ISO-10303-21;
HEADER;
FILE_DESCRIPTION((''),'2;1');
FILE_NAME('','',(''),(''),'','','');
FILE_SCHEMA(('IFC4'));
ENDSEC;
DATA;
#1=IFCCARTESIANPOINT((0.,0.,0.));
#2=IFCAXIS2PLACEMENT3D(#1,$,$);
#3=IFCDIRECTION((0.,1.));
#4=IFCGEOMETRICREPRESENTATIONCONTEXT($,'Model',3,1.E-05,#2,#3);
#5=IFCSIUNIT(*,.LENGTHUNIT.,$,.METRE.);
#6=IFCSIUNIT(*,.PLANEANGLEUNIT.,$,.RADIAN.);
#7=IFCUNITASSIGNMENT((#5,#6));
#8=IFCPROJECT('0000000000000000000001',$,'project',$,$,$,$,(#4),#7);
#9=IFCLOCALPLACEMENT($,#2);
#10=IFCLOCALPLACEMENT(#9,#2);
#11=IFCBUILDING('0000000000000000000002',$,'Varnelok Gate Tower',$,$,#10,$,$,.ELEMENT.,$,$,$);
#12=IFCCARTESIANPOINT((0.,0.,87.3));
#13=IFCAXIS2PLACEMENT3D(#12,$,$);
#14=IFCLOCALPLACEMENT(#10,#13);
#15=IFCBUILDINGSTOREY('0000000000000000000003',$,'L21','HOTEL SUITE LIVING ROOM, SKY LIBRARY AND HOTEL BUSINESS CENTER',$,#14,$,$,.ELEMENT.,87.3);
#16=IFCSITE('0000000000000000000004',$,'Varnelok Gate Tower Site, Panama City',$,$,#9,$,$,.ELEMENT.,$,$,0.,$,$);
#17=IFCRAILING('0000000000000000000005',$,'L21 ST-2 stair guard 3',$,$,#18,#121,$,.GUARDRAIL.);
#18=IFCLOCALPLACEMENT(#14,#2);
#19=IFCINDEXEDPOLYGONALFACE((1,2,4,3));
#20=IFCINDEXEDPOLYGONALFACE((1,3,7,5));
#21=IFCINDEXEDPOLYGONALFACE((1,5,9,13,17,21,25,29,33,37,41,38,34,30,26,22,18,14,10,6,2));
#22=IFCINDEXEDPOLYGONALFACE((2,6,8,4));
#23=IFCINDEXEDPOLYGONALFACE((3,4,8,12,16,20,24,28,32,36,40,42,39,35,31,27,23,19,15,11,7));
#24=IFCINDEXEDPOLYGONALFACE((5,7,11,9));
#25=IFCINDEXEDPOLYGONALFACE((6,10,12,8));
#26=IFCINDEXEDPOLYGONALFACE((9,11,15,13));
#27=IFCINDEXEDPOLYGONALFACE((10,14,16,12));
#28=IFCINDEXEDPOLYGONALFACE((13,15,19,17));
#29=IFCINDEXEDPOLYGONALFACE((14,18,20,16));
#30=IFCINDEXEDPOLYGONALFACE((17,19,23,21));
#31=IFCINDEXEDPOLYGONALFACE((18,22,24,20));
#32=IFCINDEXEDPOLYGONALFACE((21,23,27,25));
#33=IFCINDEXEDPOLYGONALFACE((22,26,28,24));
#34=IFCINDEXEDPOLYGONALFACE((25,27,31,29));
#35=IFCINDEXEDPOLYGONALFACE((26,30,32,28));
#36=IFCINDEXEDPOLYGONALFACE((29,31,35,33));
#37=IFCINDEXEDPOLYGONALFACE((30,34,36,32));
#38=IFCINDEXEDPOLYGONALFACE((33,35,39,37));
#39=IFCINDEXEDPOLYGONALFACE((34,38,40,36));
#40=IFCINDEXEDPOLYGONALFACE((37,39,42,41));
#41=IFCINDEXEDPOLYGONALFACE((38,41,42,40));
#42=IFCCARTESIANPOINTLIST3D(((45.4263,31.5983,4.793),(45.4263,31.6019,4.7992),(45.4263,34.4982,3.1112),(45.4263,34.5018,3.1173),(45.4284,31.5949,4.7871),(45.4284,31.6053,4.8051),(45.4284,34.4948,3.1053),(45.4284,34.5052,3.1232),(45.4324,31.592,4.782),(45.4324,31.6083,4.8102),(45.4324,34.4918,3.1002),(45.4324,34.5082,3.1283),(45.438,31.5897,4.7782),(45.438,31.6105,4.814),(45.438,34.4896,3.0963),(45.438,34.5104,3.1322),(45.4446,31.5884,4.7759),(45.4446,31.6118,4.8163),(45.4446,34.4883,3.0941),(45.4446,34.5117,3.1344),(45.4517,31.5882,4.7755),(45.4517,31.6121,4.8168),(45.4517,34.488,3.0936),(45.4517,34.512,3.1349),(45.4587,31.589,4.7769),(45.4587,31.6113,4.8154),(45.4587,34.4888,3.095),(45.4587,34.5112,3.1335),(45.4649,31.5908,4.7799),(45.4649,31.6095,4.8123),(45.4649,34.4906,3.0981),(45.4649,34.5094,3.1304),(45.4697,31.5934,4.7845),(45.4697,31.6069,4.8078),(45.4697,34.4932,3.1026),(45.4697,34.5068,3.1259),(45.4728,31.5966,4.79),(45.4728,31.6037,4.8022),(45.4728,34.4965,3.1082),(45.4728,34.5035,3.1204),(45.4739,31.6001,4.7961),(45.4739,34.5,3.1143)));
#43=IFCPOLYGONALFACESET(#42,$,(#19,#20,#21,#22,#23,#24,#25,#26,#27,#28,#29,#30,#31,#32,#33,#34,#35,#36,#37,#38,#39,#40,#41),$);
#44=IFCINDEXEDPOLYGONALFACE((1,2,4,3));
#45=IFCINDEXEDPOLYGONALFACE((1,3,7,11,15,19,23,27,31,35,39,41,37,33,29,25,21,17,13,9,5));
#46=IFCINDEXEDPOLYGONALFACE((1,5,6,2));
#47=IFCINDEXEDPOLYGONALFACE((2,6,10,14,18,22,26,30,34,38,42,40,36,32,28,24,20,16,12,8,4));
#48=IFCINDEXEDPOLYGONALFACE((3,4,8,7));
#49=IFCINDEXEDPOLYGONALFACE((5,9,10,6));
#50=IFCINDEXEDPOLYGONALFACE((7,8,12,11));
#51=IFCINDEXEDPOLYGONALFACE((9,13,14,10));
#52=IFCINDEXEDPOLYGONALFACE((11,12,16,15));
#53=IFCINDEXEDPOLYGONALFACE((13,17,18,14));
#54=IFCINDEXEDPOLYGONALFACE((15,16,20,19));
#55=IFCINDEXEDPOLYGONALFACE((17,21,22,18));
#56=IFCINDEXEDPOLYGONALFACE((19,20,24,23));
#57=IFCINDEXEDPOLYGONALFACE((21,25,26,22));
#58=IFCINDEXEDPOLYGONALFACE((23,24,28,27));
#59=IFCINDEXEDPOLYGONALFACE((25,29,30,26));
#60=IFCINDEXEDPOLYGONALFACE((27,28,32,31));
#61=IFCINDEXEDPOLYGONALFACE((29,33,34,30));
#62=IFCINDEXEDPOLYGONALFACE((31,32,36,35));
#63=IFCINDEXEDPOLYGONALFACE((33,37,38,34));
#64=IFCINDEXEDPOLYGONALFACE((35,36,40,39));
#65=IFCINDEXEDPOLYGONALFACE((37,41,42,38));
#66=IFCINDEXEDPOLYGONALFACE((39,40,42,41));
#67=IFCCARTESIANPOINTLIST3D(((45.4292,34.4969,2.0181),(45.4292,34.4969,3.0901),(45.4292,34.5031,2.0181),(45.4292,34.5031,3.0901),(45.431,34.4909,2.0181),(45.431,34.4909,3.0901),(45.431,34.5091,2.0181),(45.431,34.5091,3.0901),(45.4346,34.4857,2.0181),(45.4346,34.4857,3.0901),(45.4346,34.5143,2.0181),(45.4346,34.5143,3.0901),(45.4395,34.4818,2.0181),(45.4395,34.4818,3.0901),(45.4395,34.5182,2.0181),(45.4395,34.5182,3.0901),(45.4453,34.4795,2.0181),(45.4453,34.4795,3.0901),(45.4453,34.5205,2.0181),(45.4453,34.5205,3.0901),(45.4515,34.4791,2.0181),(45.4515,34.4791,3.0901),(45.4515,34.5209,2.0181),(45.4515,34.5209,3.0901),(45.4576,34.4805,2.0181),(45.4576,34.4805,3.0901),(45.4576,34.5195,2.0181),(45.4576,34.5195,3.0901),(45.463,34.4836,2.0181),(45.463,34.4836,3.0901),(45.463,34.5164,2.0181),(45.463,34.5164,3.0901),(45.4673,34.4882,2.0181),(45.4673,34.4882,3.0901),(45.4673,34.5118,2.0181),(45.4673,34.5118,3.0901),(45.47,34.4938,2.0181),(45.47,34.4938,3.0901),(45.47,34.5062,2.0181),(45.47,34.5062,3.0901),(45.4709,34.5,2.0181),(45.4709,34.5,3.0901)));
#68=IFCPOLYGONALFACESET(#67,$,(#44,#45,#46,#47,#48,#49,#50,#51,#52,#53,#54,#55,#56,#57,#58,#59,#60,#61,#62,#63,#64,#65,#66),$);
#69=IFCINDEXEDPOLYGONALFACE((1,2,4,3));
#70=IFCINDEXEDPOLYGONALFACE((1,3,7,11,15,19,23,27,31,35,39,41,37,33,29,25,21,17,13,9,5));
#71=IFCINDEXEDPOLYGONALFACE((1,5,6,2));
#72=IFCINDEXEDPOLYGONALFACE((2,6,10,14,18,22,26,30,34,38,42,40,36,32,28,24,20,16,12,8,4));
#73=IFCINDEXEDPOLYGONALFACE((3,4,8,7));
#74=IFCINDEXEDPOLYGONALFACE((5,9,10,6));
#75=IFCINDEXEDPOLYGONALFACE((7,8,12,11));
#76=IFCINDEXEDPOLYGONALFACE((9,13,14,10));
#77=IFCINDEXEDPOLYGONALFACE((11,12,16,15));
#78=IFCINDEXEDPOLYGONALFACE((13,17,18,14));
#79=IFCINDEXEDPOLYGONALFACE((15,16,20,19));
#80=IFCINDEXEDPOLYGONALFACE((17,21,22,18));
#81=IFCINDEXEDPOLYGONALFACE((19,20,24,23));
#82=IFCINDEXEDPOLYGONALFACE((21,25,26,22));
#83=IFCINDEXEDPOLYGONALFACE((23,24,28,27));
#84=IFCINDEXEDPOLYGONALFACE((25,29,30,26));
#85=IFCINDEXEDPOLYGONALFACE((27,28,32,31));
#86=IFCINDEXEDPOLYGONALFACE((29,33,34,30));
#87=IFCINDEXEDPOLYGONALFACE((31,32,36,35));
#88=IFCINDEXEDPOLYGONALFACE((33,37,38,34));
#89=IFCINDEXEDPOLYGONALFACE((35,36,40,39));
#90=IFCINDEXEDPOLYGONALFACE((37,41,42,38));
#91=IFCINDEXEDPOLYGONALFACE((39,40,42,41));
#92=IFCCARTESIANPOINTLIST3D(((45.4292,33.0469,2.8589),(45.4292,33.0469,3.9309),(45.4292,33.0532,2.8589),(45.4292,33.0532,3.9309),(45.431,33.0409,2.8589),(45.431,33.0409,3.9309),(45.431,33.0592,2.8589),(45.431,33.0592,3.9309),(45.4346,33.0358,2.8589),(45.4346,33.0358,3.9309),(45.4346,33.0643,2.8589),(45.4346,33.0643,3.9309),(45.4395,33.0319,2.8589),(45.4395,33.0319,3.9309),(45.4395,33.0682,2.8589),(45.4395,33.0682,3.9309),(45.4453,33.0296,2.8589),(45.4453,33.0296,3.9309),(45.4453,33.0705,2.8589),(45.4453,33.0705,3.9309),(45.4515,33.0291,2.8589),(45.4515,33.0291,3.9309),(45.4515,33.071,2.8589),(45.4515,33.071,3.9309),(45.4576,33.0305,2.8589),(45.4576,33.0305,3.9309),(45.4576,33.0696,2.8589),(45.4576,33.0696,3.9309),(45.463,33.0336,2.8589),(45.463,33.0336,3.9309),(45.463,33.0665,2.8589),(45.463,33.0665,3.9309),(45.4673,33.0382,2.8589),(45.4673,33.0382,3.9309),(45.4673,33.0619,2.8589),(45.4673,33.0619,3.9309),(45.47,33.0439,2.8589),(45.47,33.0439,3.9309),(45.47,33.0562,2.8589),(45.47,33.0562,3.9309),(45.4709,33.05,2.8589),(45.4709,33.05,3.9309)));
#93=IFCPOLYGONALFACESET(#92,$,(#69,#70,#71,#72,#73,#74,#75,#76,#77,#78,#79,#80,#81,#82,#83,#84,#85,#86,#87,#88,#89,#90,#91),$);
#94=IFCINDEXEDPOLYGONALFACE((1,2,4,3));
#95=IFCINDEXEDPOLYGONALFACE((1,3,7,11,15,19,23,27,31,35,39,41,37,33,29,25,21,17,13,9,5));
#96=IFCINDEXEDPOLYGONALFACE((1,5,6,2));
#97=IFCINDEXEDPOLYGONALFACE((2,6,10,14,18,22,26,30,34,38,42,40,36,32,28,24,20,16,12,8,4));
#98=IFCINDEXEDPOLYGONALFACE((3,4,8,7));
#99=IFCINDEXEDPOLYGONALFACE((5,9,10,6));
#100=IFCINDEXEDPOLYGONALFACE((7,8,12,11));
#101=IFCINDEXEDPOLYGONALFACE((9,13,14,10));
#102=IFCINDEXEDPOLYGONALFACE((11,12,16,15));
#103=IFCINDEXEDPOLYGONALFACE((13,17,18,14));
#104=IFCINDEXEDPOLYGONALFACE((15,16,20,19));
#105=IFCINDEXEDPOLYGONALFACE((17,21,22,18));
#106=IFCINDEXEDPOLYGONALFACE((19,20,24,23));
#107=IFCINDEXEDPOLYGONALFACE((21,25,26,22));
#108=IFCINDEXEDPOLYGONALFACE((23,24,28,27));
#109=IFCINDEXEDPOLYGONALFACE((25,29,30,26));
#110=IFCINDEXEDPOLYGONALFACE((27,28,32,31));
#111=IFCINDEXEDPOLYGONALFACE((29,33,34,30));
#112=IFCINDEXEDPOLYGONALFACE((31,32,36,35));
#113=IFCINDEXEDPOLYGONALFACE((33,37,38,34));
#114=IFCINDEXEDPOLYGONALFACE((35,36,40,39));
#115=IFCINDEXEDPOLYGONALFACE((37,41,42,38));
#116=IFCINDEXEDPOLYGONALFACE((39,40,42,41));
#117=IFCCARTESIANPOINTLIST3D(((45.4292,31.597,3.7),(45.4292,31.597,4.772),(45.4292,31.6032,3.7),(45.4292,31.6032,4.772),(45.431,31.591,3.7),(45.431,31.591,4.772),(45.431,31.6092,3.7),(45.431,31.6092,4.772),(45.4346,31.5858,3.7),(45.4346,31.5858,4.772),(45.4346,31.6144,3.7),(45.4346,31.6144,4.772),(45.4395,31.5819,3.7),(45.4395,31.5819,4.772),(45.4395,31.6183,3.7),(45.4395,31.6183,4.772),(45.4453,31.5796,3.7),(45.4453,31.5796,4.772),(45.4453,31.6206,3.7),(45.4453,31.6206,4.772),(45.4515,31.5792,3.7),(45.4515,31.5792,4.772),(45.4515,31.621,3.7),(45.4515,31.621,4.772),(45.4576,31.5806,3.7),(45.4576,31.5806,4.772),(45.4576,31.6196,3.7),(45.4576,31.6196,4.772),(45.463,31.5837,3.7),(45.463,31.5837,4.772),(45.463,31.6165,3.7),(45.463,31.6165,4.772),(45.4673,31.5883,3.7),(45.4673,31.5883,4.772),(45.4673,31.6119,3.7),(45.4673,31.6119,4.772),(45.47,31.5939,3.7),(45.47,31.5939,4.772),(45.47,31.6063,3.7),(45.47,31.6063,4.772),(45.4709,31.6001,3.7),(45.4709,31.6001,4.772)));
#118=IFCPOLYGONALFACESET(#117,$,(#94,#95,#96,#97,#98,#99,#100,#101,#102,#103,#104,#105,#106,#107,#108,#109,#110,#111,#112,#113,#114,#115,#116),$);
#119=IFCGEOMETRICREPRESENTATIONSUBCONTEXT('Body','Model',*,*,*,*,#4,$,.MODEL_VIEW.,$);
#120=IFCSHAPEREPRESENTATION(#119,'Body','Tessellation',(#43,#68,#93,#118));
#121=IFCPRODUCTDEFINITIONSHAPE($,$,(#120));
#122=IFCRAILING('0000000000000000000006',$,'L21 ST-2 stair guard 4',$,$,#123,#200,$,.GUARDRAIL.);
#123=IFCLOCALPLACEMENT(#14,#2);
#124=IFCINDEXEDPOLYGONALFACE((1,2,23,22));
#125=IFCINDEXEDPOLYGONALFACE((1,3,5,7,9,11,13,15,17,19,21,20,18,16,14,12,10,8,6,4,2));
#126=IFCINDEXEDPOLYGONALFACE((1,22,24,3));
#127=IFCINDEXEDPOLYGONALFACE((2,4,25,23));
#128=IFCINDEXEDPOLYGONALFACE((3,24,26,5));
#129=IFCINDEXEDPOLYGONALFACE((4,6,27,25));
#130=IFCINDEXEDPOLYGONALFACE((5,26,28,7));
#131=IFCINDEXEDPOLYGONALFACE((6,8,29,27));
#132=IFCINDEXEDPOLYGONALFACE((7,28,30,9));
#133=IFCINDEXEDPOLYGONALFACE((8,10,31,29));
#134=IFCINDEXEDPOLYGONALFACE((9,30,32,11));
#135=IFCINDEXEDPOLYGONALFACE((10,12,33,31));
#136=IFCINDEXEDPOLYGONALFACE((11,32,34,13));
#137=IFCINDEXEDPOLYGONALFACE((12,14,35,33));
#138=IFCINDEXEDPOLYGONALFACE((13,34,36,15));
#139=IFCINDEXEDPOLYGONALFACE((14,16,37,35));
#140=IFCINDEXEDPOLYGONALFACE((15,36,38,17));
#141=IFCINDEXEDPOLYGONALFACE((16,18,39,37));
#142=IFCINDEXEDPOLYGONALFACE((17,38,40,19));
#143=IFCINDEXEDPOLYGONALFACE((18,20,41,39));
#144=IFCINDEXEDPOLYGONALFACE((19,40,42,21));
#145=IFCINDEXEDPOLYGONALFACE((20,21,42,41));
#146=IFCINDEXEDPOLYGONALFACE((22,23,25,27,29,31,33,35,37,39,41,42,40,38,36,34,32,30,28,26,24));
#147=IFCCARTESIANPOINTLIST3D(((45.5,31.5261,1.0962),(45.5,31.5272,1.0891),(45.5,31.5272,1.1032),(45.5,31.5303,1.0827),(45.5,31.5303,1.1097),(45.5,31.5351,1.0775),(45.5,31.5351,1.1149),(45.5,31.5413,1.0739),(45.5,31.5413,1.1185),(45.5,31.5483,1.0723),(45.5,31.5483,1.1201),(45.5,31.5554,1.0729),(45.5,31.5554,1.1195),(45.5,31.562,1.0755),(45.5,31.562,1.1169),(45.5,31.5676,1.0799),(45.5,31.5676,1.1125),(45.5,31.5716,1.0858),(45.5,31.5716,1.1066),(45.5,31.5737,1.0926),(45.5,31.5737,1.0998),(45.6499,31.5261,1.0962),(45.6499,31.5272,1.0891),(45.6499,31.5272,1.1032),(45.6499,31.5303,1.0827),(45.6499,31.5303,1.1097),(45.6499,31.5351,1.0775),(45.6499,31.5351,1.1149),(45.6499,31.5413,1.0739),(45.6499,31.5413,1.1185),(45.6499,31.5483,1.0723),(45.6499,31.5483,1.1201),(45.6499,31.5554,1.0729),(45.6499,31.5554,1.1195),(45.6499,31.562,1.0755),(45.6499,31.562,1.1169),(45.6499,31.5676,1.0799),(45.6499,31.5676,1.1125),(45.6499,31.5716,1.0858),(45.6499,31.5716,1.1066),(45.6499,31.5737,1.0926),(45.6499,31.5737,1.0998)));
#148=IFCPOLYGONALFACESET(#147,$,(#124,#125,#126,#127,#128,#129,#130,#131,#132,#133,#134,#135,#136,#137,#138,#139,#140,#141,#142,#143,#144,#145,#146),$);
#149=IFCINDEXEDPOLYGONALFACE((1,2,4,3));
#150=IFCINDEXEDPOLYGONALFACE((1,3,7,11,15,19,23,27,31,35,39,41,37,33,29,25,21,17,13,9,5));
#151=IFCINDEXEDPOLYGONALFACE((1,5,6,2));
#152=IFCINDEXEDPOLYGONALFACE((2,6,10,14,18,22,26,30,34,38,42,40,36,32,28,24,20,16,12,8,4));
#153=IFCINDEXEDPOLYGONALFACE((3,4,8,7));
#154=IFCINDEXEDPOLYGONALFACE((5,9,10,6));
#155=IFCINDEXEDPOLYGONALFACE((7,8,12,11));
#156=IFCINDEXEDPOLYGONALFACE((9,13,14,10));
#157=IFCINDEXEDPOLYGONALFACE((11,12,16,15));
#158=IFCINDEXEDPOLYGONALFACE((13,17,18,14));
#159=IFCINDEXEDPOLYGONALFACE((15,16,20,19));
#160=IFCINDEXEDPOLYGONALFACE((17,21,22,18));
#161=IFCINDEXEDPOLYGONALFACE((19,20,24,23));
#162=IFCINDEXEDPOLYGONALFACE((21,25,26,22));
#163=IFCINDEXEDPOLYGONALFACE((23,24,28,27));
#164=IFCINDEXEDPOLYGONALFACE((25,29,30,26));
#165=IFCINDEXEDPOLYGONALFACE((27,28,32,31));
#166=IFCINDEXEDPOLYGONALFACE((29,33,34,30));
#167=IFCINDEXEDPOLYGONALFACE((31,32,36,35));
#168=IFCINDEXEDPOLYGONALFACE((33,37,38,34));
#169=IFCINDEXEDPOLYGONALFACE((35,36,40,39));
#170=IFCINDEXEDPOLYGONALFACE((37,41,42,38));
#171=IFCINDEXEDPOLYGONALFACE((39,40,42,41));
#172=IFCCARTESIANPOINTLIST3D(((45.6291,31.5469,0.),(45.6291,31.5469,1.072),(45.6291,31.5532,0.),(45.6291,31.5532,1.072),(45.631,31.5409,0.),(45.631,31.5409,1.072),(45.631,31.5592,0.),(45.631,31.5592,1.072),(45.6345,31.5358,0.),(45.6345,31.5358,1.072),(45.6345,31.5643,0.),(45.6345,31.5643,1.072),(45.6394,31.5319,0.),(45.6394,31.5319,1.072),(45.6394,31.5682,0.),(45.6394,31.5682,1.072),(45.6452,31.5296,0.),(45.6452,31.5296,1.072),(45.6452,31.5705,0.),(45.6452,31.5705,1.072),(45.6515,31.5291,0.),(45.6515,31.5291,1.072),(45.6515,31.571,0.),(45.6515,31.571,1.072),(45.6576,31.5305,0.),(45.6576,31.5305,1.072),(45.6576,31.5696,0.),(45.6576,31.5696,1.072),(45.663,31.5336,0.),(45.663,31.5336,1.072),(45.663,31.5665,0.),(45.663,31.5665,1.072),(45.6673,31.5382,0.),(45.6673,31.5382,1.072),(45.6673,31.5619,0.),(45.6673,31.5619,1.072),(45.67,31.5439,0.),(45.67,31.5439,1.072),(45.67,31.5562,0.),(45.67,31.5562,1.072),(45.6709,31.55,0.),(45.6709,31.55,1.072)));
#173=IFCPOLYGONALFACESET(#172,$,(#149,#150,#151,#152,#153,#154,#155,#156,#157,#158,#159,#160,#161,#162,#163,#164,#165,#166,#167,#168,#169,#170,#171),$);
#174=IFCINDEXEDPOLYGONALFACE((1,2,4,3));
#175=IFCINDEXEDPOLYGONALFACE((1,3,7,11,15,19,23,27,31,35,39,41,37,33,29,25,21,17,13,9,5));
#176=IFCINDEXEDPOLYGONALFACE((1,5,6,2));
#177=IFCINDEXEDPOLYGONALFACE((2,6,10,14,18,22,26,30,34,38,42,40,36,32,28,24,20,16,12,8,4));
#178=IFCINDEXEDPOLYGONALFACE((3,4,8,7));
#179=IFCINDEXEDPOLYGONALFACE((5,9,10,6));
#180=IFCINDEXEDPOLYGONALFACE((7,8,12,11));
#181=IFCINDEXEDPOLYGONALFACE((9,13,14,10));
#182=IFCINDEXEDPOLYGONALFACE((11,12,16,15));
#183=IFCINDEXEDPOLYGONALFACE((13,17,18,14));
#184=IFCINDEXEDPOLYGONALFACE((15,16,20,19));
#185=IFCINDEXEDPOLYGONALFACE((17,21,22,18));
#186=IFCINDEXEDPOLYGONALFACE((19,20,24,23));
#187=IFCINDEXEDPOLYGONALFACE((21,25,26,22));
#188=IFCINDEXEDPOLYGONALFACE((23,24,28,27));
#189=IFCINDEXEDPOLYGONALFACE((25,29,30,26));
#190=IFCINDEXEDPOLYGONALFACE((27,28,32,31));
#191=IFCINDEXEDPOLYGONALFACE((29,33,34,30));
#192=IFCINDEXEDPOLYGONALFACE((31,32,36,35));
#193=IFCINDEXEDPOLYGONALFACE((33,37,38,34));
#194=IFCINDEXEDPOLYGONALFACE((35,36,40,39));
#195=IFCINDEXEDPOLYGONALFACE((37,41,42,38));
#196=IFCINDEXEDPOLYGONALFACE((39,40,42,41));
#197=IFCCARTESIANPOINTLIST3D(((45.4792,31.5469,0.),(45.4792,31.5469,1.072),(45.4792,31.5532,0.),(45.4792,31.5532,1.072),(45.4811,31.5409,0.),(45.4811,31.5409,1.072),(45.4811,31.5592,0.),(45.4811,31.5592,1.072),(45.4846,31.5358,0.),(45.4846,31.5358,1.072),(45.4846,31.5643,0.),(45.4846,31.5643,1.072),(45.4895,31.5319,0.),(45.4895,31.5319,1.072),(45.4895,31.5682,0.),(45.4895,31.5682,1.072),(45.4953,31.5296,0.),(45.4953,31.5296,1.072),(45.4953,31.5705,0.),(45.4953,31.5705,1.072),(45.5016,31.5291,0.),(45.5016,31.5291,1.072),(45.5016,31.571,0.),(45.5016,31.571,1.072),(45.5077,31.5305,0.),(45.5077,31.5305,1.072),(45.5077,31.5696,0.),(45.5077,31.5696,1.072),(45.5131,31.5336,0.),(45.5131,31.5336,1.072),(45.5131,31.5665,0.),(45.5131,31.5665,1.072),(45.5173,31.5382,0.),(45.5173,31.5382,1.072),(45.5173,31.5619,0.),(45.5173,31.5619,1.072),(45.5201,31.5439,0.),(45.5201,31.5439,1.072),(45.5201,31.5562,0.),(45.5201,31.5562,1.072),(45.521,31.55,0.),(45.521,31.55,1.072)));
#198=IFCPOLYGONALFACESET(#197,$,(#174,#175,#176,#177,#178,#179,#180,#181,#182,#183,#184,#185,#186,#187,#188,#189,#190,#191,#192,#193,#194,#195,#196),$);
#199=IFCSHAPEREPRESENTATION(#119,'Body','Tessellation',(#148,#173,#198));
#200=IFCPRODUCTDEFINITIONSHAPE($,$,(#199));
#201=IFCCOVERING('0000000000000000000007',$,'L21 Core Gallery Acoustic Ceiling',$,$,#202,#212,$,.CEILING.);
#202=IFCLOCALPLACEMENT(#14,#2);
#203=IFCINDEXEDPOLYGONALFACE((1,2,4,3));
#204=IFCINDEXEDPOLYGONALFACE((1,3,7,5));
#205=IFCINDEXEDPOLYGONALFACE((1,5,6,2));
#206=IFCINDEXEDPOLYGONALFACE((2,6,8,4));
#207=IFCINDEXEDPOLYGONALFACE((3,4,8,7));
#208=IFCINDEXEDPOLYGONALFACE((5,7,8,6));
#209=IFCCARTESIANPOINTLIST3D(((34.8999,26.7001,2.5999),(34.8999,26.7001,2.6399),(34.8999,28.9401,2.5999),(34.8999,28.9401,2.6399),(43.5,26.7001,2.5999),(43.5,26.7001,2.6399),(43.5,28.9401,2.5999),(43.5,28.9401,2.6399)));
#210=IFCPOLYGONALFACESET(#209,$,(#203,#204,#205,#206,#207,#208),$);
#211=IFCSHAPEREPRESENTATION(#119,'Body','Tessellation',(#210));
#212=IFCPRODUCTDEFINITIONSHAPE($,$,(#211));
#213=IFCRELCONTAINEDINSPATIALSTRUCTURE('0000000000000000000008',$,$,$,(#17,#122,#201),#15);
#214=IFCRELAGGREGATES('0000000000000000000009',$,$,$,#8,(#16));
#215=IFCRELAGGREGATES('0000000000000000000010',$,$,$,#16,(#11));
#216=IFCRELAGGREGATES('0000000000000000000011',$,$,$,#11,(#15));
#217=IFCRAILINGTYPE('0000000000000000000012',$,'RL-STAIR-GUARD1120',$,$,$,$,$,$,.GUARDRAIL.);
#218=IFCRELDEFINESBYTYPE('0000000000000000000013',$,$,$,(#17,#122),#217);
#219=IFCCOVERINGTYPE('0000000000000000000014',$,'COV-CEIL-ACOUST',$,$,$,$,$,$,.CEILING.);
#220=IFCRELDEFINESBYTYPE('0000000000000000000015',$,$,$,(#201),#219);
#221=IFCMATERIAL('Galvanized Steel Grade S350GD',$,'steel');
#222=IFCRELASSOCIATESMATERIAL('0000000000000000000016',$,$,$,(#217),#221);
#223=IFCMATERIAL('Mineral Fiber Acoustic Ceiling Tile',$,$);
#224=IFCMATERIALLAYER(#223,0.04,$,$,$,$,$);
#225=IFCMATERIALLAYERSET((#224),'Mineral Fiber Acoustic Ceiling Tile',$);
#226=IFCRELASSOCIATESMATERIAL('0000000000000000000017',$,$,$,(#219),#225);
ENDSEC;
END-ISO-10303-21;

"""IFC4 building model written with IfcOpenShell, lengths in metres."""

from ifc_helpers import new_model, si_unit, direction, frame, origin, origin_2d, place, context, subcontext, project, spatial, rectangle, circle, extrude, source, transform, mapped, material, layer, layer_set, type_object, element, save


model = new_model("IFC4")

# Units and contexts
model_context = context("Model", 3, precision=1e-05, world=origin(), true_north=direction((0.0, 1.0)))
body_context = subcontext(model_context, "Body", "Model", "MODEL_VIEW")
ifc_project = project(units=[si_unit("LENGTHUNIT", "METRE"), si_unit("PLANEANGLEUNIT", "RADIAN")], contexts=[model_context])

# Site, building, storey
site_placement = place(None, origin())
site = spatial("IfcSite", under=ifc_project, at=site_placement, Name="Varnelok Gate Tower Site, Panama City", CompositionType="ELEMENT", RefElevation=0.0)
building_placement = place(site_placement, origin())
building = spatial("IfcBuilding", under=site, at=building_placement, Name="Varnelok Gate Tower", CompositionType="ELEMENT")
storey_placement = place(building_placement, frame((0.0, 0.0, 87.3)))
storey = spatial("IfcBuildingStorey", under=building, at=storey_placement, Name="L21", Description="HOTEL SUITE LIVING ROOM, SKY LIBRARY AND HOTEL BUSINESS CENTER", CompositionType="ELEMENT", Elevation=87.3)

# Shared definitions
ifc_material_1 = material(Name="Galvanized Steel Grade S350GD", Category="steel")

# Railings
railing_type_1 = type_object("IfcRailingType", Name="RL-STAIR-GUARD1120", PredefinedType="GUARDRAIL", material=ifc_material_1)
railing_1_placement = place(storey_placement, frame((45.45, 34.5, 2.0181)))
element("IfcRailing", 1, at=railing_1_placement, inside=storey, type_object=railing_type_1, Name="L21 ST-2 stair guard 3", PredefinedType="GUARDRAIL", context=body_context, shape_type="SweptSolid", body=[
    extrude(circle(Radius=0.0239, at=origin_2d()), frame((0.0, 0.0, 1.0962), z_axis=(0.0, -0.865039, 0.501705), x_axis=(1.0, 0.0, 0.0)), (0.0, 0.0, 1.0), 3.3523),
    extrude(circle(Radius=0.021, at=origin_2d()), origin(), (0.0, 0.0, 1.0), 1.072),
    extrude(circle(Radius=0.021, at=origin_2d()), frame((0.0, -1.45, 0.8408)), (0.0, 0.0, 1.0), 1.072),
    extrude(circle(Radius=0.021, at=origin_2d()), frame((0.0, -2.8999, 1.6819)), (0.0, 0.0, 1.0), 1.072),
])
railing_2_placement = place(storey_placement, frame((45.6499, 31.55, 0.0)))
element("IfcRailing", 2, at=railing_2_placement, inside=storey, type_object=railing_type_1, Name="L21 ST-2 stair guard 4", PredefinedType="GUARDRAIL", context=body_context, shape_type="SweptSolid", body=[
    extrude(circle(Radius=0.0239, at=origin_2d()), frame((0.0, 0.0, 1.0962), z_axis=(-1.0, 0.0, 0.0), x_axis=(0.0, -1.0, 0.0)), (0.0, 0.0, 1.0), 0.1499),
    extrude(circle(Radius=0.021, at=origin_2d()), origin(), (0.0, 0.0, 1.0), 1.072),
    extrude(circle(Radius=0.021, at=origin_2d()), frame((-0.1499, 0.0, 0.0)), (0.0, 0.0, 1.0), 1.072),
])

# Covering
ifc_material_2 = material(Name="Mineral Fiber Acoustic Ceiling Tile")
ifc_layer_1 = layer(ifc_material_2, 0.04)
ifc_layer_set_1 = layer_set([ifc_layer_1], Name="Mineral Fiber Acoustic Ceiling Tile")
covering_type = type_object("IfcCoveringType", Name="COV-CEIL-ACOUST", PredefinedType="CEILING", material=ifc_layer_set_1)
shared_shape = source(origin(), body_context, "Body", "SweptSolid", [
    extrude(rectangle(XDim=8.6001, YDim=2.24, at=origin_2d()), origin(), (0.0, 0.0, 1.0), 0.04),
])
covering_placement = place(storey_placement, frame((39.2, 27.8201, 2.5999), z_axis=(0.0, 0.0, 1.0), x_axis=(1.0, 0.0, 0.0)))
element("IfcCovering", 3, at=covering_placement, inside=storey, type_object=covering_type, Name="L21 Core Gallery Acoustic Ceiling", PredefinedType="CEILING", context=body_context, shape_type="MappedRepresentation", body=[
    mapped(shared_shape, transform((0.0, 0.0, 0.0), scale=1.0)),
])

save(model, "model.ifc")
